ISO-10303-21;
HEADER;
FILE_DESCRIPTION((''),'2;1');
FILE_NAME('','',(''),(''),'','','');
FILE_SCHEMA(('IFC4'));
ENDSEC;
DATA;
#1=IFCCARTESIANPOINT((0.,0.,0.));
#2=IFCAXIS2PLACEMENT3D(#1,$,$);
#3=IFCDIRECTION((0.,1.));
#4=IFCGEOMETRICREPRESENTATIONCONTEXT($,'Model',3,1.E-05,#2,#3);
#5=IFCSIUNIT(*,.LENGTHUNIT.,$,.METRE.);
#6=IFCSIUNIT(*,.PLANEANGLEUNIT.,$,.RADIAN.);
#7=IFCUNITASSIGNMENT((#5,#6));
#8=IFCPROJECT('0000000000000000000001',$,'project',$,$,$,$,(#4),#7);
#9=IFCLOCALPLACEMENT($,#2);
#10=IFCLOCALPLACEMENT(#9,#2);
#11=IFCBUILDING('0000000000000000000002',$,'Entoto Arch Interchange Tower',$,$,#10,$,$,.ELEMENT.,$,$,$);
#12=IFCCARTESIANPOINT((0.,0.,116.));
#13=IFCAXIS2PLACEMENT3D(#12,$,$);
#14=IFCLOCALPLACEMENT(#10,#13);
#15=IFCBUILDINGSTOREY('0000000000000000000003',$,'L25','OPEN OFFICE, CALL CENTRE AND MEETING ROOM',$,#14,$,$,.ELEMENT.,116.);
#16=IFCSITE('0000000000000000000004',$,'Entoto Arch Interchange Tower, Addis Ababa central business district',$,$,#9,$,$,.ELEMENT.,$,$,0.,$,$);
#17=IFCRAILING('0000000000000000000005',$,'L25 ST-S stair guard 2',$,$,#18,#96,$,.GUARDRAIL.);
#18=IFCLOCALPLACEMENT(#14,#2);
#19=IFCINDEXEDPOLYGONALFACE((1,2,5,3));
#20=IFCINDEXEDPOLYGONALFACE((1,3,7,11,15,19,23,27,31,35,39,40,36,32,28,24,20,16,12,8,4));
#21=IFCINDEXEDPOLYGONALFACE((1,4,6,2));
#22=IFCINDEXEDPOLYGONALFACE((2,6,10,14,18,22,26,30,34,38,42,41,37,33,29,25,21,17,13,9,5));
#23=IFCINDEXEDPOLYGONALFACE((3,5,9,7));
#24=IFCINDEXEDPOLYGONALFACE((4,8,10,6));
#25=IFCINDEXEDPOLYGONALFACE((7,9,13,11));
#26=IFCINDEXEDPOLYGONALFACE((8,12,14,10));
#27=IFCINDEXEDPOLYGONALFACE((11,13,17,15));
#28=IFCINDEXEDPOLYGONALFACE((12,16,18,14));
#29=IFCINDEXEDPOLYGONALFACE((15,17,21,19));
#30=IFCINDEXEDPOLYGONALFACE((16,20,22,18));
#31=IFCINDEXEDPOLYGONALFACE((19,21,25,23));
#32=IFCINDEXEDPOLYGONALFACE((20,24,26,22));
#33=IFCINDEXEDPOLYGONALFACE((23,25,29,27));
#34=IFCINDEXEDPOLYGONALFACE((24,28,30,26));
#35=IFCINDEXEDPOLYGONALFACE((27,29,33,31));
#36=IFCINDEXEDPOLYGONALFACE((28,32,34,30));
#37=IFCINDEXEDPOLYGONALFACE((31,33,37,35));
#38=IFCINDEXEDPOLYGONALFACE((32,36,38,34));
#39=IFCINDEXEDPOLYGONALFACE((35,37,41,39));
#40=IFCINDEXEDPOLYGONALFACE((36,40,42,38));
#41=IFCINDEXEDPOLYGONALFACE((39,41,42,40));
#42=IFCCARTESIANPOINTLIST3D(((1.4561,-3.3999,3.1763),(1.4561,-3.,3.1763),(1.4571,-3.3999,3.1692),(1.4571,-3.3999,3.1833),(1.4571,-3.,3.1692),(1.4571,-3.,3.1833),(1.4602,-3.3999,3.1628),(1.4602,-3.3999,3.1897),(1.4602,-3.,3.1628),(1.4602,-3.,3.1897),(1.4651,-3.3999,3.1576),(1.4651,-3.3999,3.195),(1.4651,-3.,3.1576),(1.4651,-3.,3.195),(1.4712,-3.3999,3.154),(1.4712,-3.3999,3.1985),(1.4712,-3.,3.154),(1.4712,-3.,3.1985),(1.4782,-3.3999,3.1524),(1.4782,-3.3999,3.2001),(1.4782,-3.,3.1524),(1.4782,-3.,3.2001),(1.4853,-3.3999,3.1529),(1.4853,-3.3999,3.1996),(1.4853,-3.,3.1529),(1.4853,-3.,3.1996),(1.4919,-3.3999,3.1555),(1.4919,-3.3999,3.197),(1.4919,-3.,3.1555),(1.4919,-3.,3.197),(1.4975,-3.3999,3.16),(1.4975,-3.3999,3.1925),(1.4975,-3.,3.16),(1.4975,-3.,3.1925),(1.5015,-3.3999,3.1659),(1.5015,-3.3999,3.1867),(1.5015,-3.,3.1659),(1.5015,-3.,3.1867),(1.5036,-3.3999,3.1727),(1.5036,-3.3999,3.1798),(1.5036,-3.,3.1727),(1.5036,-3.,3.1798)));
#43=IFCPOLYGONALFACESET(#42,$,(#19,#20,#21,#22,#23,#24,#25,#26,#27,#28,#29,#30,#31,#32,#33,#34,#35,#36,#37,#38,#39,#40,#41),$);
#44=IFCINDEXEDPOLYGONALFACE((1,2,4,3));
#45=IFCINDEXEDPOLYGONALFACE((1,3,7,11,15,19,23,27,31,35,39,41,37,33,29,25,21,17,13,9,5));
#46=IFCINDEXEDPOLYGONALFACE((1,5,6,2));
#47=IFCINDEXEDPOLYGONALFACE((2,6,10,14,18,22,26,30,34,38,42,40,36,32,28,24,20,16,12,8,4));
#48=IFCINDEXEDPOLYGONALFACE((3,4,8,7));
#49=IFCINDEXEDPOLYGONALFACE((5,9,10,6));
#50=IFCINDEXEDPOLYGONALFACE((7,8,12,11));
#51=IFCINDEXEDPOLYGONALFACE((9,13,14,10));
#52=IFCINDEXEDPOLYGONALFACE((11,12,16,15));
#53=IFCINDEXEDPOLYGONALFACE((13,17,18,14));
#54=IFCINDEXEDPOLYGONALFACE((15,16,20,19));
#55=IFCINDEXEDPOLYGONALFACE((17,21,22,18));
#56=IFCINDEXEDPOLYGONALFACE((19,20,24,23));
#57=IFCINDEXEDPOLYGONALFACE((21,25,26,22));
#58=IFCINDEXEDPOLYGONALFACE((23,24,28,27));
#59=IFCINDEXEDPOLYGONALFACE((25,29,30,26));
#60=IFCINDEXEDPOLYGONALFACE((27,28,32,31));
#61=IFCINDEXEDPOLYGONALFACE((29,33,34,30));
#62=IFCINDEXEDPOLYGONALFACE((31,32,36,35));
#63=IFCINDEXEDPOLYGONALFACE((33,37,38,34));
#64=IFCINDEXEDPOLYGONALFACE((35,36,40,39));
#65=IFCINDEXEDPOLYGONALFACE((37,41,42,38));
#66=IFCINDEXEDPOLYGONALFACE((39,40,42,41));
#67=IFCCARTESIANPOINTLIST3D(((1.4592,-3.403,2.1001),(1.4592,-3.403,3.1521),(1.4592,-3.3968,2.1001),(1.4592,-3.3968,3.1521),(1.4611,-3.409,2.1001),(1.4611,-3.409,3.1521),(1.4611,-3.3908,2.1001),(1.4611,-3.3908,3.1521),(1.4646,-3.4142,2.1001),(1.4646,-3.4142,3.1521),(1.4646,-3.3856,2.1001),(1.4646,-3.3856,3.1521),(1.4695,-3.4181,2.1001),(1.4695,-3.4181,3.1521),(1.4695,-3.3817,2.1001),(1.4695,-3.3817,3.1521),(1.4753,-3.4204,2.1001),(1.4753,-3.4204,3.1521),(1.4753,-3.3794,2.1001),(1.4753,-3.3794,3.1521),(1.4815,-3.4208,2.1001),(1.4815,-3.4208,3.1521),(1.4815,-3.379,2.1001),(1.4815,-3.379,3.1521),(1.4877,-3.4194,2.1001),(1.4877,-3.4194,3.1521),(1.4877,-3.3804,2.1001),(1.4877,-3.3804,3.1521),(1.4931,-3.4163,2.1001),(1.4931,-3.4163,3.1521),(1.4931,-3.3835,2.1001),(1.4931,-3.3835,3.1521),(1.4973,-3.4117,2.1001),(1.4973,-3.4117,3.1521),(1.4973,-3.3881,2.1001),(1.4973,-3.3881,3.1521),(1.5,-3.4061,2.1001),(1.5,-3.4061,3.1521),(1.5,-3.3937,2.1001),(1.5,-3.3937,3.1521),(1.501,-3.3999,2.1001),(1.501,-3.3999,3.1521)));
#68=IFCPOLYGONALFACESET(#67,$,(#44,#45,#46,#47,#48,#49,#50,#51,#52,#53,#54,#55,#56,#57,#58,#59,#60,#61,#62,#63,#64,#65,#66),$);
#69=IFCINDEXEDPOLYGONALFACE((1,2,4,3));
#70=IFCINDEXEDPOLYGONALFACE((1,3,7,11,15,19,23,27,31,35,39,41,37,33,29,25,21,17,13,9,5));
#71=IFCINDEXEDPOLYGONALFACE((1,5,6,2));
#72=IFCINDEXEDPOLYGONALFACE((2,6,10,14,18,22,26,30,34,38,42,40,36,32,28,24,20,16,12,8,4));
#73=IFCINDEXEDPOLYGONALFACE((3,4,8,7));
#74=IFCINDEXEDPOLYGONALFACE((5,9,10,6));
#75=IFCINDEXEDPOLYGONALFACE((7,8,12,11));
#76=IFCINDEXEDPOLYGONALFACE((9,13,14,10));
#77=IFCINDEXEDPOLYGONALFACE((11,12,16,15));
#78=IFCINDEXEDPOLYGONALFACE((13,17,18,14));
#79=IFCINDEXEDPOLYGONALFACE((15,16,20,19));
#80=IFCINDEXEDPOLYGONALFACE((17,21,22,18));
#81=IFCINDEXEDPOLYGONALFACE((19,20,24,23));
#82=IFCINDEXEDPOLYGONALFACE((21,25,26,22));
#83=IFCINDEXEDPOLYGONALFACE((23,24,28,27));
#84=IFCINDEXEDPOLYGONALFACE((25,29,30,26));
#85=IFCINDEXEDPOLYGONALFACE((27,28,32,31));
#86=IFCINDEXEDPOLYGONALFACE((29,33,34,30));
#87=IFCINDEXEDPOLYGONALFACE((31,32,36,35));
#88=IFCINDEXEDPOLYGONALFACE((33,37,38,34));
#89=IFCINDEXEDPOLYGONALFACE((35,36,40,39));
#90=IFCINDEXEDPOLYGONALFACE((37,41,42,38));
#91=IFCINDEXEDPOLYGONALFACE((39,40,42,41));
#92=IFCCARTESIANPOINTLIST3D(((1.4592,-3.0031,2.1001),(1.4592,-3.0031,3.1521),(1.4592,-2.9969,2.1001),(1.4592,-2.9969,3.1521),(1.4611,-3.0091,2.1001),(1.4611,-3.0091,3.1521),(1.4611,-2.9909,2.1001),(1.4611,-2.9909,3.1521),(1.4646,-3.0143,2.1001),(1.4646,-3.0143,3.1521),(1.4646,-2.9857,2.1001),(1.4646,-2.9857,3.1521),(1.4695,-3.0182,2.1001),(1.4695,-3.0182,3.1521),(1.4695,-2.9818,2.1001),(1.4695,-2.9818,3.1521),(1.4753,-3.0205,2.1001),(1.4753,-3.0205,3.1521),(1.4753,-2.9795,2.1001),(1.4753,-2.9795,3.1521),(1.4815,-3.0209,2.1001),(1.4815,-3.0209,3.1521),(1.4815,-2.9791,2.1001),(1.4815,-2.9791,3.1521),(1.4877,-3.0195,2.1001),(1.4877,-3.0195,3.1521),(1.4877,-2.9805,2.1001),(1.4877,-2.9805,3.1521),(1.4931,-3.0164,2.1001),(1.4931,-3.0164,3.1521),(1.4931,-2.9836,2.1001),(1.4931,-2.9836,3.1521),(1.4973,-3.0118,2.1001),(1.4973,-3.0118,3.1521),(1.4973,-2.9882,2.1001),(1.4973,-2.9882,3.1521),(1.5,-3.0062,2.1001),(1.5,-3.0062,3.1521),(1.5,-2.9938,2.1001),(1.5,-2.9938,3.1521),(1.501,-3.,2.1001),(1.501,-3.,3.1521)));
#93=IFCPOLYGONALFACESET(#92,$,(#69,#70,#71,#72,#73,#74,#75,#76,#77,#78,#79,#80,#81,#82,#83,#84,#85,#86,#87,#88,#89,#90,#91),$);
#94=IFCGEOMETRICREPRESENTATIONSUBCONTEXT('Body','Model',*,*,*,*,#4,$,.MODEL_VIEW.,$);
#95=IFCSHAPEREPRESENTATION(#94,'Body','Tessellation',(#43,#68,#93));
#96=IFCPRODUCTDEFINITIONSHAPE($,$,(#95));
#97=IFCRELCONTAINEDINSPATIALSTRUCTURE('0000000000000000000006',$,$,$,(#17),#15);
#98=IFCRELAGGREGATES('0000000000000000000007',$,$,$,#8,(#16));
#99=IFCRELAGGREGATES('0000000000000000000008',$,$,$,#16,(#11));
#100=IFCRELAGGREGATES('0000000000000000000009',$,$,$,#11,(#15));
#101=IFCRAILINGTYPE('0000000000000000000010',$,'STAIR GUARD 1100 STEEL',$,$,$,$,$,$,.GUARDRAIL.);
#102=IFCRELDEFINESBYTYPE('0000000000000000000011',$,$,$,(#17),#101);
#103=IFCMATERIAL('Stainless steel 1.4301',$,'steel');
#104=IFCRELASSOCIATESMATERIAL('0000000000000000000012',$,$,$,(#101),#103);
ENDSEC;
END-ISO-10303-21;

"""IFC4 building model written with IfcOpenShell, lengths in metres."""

from ifc_helpers import new_model, si_unit, direction, frame, origin, origin_2d, place, context, subcontext, project, spatial, circle, extrude, material, type_object, element, save


model = new_model("IFC4")

# Units and contexts
model_context = context("Model", 3, precision=1e-05, world=origin(), true_north=direction((0.0, 1.0)))
body_context = subcontext(model_context, "Body", "Model", "MODEL_VIEW")
ifc_project = project(units=[si_unit("LENGTHUNIT", "METRE"), si_unit("PLANEANGLEUNIT", "RADIAN")], contexts=[model_context])

# Site, building, storey
site_placement = place(None, origin())
site = spatial("IfcSite", under=ifc_project, at=site_placement, Name="Entoto Arch Interchange Tower, Addis Ababa central business district", CompositionType="ELEMENT", RefElevation=0.0)
building_placement = place(site_placement, origin())
building = spatial("IfcBuilding", under=site, at=building_placement, Name="Entoto Arch Interchange Tower", CompositionType="ELEMENT")
storey_placement = place(building_placement, frame((0.0, 0.0, 116.0)))
storey = spatial("IfcBuildingStorey", under=building, at=storey_placement, Name="L25", Description="OPEN OFFICE, CALL CENTRE AND MEETING ROOM", CompositionType="ELEMENT", Elevation=116.0)

# Railing
ifc_material_1 = material(Name="Stainless steel 1.4301", Category="steel")
railing_type_1 = type_object("IfcRailingType", Name="STAIR GUARD 1100 STEEL", PredefinedType="GUARDRAIL", material=ifc_material_1)
railing_1_placement = place(storey_placement, frame((1.48, -3.3999, 2.1001)))
element("IfcRailing", 1, at=railing_1_placement, inside=storey, type_object=railing_type_1, Name="L25 ST-S stair guard 2", PredefinedType="GUARDRAIL", context=body_context, shape_type="SweptSolid", body=[
    extrude(circle(Radius=0.0239, at=origin_2d()), frame((0.0, 0.0, 1.0762), z_axis=(0.0, 1.0, 0.0), x_axis=(-1.0, 0.0, 0.0)), (0.0, 0.0, 1.0), 0.3999),
    extrude(circle(Radius=0.021, at=origin_2d()), origin(), (0.0, 0.0, 1.0), 1.052),
    extrude(circle(Radius=0.021, at=origin_2d()), frame((0.0, 0.3999, 0.0)), (0.0, 0.0, 1.0), 1.052),
])

save(model, "model.ifc")
